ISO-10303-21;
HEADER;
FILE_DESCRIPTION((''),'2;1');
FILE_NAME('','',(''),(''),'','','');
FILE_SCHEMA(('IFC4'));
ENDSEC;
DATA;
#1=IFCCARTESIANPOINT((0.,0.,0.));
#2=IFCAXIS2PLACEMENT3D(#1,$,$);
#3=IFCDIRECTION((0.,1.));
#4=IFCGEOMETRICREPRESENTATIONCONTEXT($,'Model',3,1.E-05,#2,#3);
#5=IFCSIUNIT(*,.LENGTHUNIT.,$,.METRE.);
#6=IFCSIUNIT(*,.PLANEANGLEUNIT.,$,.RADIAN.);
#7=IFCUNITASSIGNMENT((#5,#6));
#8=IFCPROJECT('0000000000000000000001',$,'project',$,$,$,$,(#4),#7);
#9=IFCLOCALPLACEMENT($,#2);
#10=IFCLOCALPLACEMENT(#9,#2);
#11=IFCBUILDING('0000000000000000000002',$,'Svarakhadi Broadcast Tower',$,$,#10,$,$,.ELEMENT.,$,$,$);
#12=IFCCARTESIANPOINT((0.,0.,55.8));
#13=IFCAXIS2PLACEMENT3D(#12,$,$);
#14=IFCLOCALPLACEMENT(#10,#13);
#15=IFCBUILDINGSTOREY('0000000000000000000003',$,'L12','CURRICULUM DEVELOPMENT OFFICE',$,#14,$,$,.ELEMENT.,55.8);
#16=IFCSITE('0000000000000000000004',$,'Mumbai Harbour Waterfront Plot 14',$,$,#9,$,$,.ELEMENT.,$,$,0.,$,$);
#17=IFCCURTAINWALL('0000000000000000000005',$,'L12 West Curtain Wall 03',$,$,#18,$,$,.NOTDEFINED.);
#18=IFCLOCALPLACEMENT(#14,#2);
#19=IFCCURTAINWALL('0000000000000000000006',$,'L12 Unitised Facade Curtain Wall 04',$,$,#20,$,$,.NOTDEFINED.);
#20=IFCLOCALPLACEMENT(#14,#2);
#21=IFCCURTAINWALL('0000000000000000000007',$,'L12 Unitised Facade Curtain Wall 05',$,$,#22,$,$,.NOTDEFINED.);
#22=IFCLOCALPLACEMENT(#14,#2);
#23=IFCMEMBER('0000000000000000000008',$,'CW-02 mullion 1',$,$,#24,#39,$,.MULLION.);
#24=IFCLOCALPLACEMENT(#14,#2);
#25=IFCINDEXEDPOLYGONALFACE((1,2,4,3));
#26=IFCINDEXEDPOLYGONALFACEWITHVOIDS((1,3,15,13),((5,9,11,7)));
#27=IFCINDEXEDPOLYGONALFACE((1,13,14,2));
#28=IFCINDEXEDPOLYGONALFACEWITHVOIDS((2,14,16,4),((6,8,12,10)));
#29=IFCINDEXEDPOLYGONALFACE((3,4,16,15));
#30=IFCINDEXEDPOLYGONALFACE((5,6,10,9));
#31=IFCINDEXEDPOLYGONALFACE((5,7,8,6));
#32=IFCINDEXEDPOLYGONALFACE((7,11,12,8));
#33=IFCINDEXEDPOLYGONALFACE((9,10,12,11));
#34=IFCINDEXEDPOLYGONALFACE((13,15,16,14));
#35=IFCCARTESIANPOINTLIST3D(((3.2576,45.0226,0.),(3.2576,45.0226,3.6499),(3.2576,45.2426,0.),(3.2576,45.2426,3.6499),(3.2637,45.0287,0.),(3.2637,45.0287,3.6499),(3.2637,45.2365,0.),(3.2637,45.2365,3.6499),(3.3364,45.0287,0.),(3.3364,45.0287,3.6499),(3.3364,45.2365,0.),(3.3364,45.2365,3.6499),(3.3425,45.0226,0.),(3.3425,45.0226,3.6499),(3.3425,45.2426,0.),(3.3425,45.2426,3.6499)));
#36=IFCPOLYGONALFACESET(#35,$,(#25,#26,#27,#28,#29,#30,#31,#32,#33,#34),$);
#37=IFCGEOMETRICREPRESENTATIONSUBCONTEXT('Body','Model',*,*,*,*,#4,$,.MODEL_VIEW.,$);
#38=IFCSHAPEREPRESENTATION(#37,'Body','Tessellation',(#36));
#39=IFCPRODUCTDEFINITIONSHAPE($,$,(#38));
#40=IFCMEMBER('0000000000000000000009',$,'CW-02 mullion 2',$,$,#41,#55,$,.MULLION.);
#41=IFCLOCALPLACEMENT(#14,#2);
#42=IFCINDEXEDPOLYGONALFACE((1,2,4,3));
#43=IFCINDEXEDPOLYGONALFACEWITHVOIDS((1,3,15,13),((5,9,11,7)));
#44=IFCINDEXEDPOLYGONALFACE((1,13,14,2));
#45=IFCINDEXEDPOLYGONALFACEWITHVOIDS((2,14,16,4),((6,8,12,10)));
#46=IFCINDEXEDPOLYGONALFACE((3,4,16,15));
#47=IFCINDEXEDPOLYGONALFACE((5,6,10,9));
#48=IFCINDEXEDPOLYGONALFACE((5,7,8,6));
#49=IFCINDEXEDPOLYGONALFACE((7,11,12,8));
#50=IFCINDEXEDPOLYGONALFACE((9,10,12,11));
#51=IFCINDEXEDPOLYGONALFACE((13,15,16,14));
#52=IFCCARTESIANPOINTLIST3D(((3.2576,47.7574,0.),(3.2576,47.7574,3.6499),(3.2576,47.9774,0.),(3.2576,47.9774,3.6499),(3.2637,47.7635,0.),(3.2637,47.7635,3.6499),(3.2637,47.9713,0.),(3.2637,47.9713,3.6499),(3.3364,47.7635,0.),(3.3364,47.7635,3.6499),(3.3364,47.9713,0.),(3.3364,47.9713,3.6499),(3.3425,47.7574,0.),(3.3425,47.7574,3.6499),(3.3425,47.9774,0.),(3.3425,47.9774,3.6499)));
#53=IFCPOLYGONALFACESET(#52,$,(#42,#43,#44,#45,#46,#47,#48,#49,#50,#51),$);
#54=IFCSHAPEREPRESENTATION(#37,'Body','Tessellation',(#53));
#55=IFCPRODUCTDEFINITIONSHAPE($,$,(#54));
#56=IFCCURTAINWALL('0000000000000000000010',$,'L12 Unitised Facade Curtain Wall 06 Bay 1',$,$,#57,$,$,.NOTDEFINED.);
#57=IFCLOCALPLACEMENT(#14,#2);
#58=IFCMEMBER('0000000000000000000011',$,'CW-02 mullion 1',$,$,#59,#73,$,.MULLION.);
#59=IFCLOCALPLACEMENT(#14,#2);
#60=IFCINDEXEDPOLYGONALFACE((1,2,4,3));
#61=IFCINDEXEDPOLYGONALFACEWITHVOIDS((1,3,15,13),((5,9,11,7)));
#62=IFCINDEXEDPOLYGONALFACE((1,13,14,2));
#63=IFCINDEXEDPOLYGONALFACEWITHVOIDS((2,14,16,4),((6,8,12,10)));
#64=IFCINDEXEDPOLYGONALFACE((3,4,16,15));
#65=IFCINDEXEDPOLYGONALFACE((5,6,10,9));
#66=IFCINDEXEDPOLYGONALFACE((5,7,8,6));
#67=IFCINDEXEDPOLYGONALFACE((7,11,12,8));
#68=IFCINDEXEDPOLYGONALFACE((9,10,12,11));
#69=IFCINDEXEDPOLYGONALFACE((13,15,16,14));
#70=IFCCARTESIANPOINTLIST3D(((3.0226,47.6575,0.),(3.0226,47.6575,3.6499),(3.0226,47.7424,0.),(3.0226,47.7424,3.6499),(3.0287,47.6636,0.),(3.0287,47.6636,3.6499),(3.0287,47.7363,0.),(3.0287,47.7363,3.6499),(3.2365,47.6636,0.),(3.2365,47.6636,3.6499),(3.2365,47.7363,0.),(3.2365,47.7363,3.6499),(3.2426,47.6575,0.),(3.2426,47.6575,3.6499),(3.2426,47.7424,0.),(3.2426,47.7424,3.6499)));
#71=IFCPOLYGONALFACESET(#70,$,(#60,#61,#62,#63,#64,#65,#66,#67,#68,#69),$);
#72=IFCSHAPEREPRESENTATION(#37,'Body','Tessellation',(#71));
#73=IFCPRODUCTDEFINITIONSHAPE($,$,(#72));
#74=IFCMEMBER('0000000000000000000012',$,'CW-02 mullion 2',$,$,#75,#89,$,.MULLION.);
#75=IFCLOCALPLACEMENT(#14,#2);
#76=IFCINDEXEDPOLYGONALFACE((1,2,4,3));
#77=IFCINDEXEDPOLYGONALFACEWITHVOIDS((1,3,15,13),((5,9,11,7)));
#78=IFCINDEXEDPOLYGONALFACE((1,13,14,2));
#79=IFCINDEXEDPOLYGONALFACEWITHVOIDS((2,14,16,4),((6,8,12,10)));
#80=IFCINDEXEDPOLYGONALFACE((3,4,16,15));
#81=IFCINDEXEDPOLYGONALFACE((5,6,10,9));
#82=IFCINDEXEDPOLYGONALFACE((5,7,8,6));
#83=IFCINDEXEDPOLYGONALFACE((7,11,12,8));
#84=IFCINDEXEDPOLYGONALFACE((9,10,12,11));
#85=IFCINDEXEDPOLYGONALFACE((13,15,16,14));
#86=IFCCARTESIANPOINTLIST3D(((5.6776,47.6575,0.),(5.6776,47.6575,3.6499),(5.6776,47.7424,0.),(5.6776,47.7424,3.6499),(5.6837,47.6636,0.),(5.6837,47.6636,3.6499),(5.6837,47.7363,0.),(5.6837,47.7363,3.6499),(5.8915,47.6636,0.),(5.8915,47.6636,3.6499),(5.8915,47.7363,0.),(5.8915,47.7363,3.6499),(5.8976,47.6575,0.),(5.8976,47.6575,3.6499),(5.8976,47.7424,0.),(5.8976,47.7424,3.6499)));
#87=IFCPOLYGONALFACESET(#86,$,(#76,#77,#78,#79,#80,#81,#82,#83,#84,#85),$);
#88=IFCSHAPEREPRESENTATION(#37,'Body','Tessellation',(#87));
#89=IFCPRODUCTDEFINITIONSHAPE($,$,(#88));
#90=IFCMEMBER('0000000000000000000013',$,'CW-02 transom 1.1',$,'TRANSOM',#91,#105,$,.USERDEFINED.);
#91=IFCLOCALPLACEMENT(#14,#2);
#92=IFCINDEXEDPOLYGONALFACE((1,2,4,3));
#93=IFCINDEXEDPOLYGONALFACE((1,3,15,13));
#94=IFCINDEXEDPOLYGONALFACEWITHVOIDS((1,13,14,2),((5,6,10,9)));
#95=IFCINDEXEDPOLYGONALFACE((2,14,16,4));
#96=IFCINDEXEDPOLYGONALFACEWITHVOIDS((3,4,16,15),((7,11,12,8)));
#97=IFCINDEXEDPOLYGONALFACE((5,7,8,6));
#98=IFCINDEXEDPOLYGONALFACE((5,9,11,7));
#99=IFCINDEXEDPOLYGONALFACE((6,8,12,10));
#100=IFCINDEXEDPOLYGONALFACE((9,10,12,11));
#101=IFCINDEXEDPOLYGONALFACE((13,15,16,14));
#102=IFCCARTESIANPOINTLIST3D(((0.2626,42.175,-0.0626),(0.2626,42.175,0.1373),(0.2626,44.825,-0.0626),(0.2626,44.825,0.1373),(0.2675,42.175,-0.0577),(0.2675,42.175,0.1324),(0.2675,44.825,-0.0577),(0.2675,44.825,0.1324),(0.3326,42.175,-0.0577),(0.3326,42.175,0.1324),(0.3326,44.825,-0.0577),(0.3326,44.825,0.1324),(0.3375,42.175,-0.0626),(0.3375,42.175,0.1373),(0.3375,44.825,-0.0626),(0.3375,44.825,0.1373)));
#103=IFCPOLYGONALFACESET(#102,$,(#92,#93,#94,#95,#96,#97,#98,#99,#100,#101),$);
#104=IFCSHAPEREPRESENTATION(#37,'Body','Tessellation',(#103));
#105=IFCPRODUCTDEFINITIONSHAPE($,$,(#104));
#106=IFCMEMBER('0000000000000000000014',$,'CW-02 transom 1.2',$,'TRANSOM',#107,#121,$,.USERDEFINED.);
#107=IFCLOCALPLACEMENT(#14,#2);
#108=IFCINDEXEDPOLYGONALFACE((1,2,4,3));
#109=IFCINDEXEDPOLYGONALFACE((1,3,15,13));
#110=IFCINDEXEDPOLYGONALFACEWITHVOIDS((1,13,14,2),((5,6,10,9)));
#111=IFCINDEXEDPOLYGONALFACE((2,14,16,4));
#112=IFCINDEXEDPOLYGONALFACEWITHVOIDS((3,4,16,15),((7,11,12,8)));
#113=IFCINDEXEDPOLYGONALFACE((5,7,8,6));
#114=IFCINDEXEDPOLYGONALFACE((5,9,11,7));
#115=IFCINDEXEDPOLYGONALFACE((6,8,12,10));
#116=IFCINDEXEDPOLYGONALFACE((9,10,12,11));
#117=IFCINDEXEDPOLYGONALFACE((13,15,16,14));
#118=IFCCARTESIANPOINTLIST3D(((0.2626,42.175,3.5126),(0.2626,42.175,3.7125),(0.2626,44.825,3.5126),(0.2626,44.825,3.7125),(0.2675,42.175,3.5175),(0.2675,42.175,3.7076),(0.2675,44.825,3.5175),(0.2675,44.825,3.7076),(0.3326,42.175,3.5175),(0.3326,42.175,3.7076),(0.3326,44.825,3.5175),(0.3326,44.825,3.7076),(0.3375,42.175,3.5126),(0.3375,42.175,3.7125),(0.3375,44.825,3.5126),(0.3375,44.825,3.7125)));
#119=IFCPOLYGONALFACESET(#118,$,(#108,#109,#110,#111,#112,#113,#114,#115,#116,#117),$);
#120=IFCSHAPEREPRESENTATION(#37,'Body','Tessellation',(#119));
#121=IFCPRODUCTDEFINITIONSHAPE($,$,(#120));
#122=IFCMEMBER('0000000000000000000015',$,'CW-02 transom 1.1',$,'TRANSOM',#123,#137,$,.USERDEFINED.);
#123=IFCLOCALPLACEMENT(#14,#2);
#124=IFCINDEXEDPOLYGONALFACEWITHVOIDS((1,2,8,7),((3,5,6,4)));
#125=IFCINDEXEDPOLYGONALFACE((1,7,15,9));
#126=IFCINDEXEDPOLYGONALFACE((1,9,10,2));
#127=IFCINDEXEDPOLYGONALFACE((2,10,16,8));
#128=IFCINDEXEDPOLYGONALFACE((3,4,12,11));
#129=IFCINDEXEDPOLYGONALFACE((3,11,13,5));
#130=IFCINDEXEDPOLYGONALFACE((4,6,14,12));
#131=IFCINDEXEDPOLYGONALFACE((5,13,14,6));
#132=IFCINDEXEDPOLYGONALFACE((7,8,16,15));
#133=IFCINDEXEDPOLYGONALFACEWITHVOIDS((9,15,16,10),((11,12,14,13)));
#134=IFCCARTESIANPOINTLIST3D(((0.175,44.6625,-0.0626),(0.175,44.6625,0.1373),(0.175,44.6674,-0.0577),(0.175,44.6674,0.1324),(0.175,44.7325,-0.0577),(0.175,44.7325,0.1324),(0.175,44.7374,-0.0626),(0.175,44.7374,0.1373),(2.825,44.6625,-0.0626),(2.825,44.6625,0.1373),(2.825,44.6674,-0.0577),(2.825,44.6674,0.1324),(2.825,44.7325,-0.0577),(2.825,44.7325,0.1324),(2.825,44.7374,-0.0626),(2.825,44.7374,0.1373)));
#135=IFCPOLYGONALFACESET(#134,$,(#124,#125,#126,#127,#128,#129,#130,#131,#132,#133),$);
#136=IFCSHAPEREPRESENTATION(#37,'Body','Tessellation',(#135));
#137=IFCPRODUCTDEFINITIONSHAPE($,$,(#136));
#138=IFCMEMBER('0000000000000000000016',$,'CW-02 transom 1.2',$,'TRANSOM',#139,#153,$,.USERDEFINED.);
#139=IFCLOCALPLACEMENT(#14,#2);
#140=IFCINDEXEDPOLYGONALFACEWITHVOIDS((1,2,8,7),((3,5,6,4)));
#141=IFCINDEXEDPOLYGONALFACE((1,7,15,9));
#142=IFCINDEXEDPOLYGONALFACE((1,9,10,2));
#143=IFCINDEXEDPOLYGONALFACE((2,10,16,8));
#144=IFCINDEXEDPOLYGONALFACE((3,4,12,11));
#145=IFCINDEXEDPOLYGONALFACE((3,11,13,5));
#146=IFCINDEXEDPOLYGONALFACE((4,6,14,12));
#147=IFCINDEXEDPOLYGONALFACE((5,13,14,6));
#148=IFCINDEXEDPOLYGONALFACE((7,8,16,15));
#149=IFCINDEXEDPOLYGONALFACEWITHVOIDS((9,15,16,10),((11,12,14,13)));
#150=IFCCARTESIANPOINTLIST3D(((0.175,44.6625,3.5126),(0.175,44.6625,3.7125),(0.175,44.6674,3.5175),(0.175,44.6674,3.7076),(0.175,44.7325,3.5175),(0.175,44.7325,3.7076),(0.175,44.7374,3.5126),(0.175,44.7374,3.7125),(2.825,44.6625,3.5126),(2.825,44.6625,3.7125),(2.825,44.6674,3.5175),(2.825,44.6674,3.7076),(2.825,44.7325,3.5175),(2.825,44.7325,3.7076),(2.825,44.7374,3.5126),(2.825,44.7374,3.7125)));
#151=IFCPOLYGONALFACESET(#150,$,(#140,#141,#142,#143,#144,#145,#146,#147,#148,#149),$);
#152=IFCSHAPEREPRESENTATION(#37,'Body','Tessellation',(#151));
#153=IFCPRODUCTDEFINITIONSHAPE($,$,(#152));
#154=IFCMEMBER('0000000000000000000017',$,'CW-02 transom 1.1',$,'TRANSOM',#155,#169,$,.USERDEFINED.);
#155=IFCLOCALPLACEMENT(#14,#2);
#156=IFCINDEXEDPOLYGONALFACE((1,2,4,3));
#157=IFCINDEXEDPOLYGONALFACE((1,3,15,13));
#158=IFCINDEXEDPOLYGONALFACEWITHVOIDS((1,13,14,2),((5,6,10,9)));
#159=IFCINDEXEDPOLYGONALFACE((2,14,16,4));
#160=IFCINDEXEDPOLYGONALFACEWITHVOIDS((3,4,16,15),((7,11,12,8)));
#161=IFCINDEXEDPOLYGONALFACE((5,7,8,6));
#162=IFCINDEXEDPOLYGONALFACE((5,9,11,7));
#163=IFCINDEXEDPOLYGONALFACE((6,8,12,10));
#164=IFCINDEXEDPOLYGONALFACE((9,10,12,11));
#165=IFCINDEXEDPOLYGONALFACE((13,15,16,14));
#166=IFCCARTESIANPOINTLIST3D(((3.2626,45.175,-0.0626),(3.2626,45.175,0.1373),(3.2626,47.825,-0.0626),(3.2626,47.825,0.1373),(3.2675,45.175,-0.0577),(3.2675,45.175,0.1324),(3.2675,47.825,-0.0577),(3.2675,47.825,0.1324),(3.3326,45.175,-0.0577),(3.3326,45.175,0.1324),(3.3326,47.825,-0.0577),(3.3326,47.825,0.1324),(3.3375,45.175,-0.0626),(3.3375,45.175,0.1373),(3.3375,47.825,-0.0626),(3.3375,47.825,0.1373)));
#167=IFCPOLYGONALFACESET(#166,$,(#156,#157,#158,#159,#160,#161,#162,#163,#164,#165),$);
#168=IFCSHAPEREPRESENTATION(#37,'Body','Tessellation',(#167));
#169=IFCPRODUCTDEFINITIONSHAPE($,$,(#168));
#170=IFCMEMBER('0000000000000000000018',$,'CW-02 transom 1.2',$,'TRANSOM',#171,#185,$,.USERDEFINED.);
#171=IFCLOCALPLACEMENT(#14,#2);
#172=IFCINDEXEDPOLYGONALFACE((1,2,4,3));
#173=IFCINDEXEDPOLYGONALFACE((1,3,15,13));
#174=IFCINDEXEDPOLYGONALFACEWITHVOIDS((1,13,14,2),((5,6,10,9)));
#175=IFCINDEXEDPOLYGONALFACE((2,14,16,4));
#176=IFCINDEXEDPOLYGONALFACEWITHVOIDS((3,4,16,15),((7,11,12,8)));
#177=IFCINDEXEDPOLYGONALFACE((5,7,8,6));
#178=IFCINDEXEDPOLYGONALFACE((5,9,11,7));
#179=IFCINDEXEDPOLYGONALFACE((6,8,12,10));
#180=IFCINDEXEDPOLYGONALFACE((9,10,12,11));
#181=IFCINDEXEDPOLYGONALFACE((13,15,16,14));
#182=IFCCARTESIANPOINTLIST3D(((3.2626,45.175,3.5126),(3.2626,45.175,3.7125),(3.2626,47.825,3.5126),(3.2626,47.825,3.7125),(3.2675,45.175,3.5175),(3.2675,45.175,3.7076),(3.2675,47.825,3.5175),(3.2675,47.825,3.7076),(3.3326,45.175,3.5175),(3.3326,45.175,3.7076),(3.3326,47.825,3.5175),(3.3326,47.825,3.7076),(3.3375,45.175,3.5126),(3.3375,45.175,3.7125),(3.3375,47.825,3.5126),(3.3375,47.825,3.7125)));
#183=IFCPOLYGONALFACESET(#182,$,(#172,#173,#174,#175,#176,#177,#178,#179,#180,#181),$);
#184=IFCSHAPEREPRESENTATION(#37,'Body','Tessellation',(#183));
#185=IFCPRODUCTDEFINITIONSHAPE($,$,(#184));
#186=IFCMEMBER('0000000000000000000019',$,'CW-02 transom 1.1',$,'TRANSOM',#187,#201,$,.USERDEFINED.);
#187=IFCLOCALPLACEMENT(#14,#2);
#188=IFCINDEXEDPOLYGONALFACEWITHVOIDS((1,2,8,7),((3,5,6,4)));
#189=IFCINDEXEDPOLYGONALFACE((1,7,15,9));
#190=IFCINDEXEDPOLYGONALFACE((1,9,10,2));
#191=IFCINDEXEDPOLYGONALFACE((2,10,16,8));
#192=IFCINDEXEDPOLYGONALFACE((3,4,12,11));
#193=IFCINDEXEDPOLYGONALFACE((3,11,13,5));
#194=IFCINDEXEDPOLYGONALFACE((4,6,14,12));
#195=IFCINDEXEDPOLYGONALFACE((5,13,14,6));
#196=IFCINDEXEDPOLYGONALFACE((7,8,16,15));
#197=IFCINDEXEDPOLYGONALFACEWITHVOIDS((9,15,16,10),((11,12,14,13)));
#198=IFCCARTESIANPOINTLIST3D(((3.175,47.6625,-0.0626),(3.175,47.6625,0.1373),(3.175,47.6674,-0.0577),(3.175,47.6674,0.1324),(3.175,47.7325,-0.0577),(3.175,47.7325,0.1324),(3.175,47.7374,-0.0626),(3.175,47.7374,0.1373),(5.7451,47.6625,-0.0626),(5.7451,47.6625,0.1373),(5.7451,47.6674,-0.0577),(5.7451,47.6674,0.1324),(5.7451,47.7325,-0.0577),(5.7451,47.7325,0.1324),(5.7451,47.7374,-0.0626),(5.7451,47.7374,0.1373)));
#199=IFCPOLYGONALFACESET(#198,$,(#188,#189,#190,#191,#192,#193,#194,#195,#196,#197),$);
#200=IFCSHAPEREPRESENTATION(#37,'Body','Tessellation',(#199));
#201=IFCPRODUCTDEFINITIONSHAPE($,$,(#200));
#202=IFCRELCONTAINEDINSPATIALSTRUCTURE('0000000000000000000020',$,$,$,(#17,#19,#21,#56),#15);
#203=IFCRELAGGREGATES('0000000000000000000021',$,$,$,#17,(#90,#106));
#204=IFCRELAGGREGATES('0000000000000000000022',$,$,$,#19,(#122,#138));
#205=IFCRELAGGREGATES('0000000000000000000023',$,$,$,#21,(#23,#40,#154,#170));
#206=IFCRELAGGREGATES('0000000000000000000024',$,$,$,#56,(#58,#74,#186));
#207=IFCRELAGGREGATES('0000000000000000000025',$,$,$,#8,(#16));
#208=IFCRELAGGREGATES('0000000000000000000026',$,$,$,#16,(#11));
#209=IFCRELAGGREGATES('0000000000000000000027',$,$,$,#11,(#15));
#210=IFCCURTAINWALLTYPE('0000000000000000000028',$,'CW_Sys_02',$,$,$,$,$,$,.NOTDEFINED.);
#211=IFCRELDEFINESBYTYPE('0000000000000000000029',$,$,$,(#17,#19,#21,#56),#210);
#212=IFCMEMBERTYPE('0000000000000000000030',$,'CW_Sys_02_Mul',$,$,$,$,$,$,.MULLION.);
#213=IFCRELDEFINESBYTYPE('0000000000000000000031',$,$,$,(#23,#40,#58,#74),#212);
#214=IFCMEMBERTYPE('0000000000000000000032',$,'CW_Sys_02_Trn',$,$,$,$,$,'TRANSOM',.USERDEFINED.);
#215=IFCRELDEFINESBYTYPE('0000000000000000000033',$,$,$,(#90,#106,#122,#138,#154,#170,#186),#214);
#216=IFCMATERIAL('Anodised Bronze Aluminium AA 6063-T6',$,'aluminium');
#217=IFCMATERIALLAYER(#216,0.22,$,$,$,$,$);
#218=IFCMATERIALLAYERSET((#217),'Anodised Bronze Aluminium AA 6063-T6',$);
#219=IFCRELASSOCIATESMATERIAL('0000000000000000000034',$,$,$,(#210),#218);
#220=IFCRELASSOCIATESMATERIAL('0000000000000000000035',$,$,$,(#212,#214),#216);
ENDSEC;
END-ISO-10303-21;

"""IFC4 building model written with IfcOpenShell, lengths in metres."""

from ifc_helpers import new_model, si_unit, direction, frame, origin, origin_2d, place, context, subcontext, project, spatial, hollow_rectangle, extrude, material, layer, layer_set, material_profile, profile_set, type_object, element, aggregate, save


model = new_model("IFC4")

# Units and contexts
model_context = context("Model", 3, precision=1e-05, world=origin(), true_north=direction((0.0, 1.0)))
body_context = subcontext(model_context, "Body", "Model", "MODEL_VIEW")
ifc_project = project(units=[si_unit("LENGTHUNIT", "METRE"), si_unit("PLANEANGLEUNIT", "RADIAN")], contexts=[model_context])

# Site, building, storey
site_placement = place(None, origin())
site = spatial("IfcSite", under=ifc_project, at=site_placement, Name="Mumbai Harbour Waterfront Plot 14", CompositionType="ELEMENT", RefElevation=0.0)
building_placement = place(site_placement, origin())
building = spatial("IfcBuilding", under=site, at=building_placement, Name="Svarakhadi Broadcast Tower", CompositionType="ELEMENT")
storey_placement = place(building_placement, frame((0.0, 0.0, 55.8)))
storey = spatial("IfcBuildingStorey", under=building, at=storey_placement, Name="L12", Description="CURRICULUM DEVELOPMENT OFFICE", CompositionType="ELEMENT", Elevation=55.8)

# Curtain walls, members
ifc_material_1 = material(Name="Anodised Bronze Aluminium AA 6063-T6", Category="aluminium")
ifc_layer_1 = layer(ifc_material_1, 0.22)
ifc_layer_set_1 = layer_set([ifc_layer_1], Name="Anodised Bronze Aluminium AA 6063-T6")
curtain_wall_type = type_object("IfcCurtainWallType", Name="CW_Sys_02", PredefinedType="NOTDEFINED", material=ifc_layer_set_1)
curtain_wall_1_placement = place(storey_placement, origin())
curtain_wall_1 = element("IfcCurtainWall", 1, at=curtain_wall_1_placement, inside=storey, type_object=curtain_wall_type, Name="L12 West Curtain Wall 03", PredefinedType="NOTDEFINED")
ifc_material_profile_1 = material_profile(ifc_material_1, hollow_rectangle(XDim=0.085, YDim=0.22, WallThickness=0.0061, at=origin_2d()), Name="ALU MULLION 220x85x6")
ifc_profile_set_1 = profile_set([ifc_material_profile_1], Name="Anodised Bronze Aluminium AA 6063-T6")
member_type_1 = type_object("IfcMemberType", Name="CW_Sys_02_Mul", PredefinedType="MULLION", material=ifc_profile_set_1)
curtain_wall_2_placement = place(storey_placement, origin())
curtain_wall_2 = element("IfcCurtainWall", 2, at=curtain_wall_2_placement, inside=storey, type_object=curtain_wall_type, Name="L12 Unitised Facade Curtain Wall 04", PredefinedType="NOTDEFINED")
curtain_wall_3_placement = place(storey_placement, origin())
curtain_wall_3 = element("IfcCurtainWall", 3, at=curtain_wall_3_placement, inside=storey, type_object=curtain_wall_type, Name="L12 Unitised Facade Curtain Wall 05", PredefinedType="NOTDEFINED")
member_1_placement = place(storey_placement, frame((3.3, 45.1326, 0.0), z_axis=(0.0, 0.0, 1.0), x_axis=(-1.0, 0.0, 0.0)))
member_1 = element("IfcMember", 4, at=member_1_placement, type_object=member_type_1, Name="CW-02 mullion 1", PredefinedType="MULLION", context=body_context, shape_type="SweptSolid", body=[
    extrude(hollow_rectangle(XDim=0.085, YDim=0.22, WallThickness=0.0061, at=origin_2d()), origin(), (0.0, 0.0, 1.0), 3.6499),
])
member_2_placement = place(storey_placement, frame((3.3, 47.8674, 0.0), z_axis=(0.0, 0.0, 1.0), x_axis=(-1.0, 0.0, 0.0)))
member_2 = element("IfcMember", 5, at=member_2_placement, type_object=member_type_1, Name="CW-02 mullion 2", PredefinedType="MULLION", context=body_context, shape_type="SweptSolid", body=[
    extrude(hollow_rectangle(XDim=0.085, YDim=0.22, WallThickness=0.0061, at=origin_2d()), origin(), (0.0, 0.0, 1.0), 3.6499),
])
curtain_wall_4_placement = place(storey_placement, origin())
curtain_wall_4 = element("IfcCurtainWall", 6, at=curtain_wall_4_placement, inside=storey, type_object=curtain_wall_type, Name="L12 Unitised Facade Curtain Wall 06 Bay 1", PredefinedType="NOTDEFINED")
member_3_placement = place(storey_placement, frame((3.1326, 47.7, 0.0), z_axis=(0.0, 0.0, 1.0), x_axis=(0.0, 1.0, 0.0)))
member_3 = element("IfcMember", 7, at=member_3_placement, type_object=member_type_1, Name="CW-02 mullion 1", PredefinedType="MULLION", context=body_context, shape_type="SweptSolid", body=[
    extrude(hollow_rectangle(XDim=0.085, YDim=0.22, WallThickness=0.0061, at=origin_2d()), origin(), (0.0, 0.0, 1.0), 3.6499),
])
member_4_placement = place(storey_placement, frame((5.7876, 47.7, 0.0), z_axis=(0.0, 0.0, 1.0), x_axis=(0.0, 1.0, 0.0)))
member_4 = element("IfcMember", 8, at=member_4_placement, type_object=member_type_1, Name="CW-02 mullion 2", PredefinedType="MULLION", context=body_context, shape_type="SweptSolid", body=[
    extrude(hollow_rectangle(XDim=0.085, YDim=0.22, WallThickness=0.0061, at=origin_2d()), origin(), (0.0, 0.0, 1.0), 3.6499),
])

# Members
ifc_material_profile_2 = material_profile(ifc_material_1, hollow_rectangle(XDim=0.075, YDim=0.2, WallThickness=0.0049, at=origin_2d()), Name="ALU TRANSOM 200x75x5")
ifc_profile_set_2 = profile_set([ifc_material_profile_2], Name="Anodised Bronze Aluminium AA 6063-T6")
member_type_2 = type_object("IfcMemberType", Name="CW_Sys_02_Trn", ElementType="TRANSOM", PredefinedType="USERDEFINED", material=ifc_profile_set_2)
member_5_placement = place(storey_placement, frame((0.3, 42.175, 0.0374), z_axis=(0.0, 1.0, 0.0), x_axis=(-1.0, 0.0, 0.0)))
member_5 = element("IfcMember", 9, at=member_5_placement, type_object=member_type_2, Name="CW-02 transom 1.1", ObjectType="TRANSOM", PredefinedType="USERDEFINED", context=body_context, shape_type="SweptSolid", body=[
    extrude(hollow_rectangle(XDim=0.075, YDim=0.2, WallThickness=0.0049, at=origin_2d()), origin(), (0.0, 0.0, 1.0), 2.6499),
])
member_6_placement = place(storey_placement, frame((0.3, 42.175, 3.6125), z_axis=(0.0, 1.0, 0.0), x_axis=(-1.0, 0.0, 0.0)))
member_6 = element("IfcMember", 10, at=member_6_placement, type_object=member_type_2, Name="CW-02 transom 1.2", ObjectType="TRANSOM", PredefinedType="USERDEFINED", context=body_context, shape_type="SweptSolid", body=[
    extrude(hollow_rectangle(XDim=0.075, YDim=0.2, WallThickness=0.0049, at=origin_2d()), origin(), (0.0, 0.0, 1.0), 2.6499),
])
member_7_placement = place(storey_placement, frame((0.175, 44.7, 0.0374), z_axis=(1.0, 0.0, 0.0), x_axis=(0.0, 1.0, 0.0)))
member_7 = element("IfcMember", 11, at=member_7_placement, type_object=member_type_2, Name="CW-02 transom 1.1", ObjectType="TRANSOM", PredefinedType="USERDEFINED", context=body_context, shape_type="SweptSolid", body=[
    extrude(hollow_rectangle(XDim=0.075, YDim=0.2, WallThickness=0.0049, at=origin_2d()), origin(), (0.0, 0.0, 1.0), 2.6499),
])
member_8_placement = place(storey_placement, frame((0.175, 44.7, 3.6125), z_axis=(1.0, 0.0, 0.0), x_axis=(0.0, 1.0, 0.0)))
member_8 = element("IfcMember", 12, at=member_8_placement, type_object=member_type_2, Name="CW-02 transom 1.2", ObjectType="TRANSOM", PredefinedType="USERDEFINED", context=body_context, shape_type="SweptSolid", body=[
    extrude(hollow_rectangle(XDim=0.075, YDim=0.2, WallThickness=0.0049, at=origin_2d()), origin(), (0.0, 0.0, 1.0), 2.6499),
])
member_9_placement = place(storey_placement, frame((3.3, 45.175, 0.0374), z_axis=(0.0, 1.0, 0.0), x_axis=(-1.0, 0.0, 0.0)))
member_9 = element("IfcMember", 13, at=member_9_placement, type_object=member_type_2, Name="CW-02 transom 1.1", ObjectType="TRANSOM", PredefinedType="USERDEFINED", context=body_context, shape_type="SweptSolid", body=[
    extrude(hollow_rectangle(XDim=0.075, YDim=0.2, WallThickness=0.0049, at=origin_2d()), origin(), (0.0, 0.0, 1.0), 2.6499),
])
member_10_placement = place(storey_placement, frame((3.3, 45.175, 3.6125), z_axis=(0.0, 1.0, 0.0), x_axis=(-1.0, 0.0, 0.0)))
member_10 = element("IfcMember", 14, at=member_10_placement, type_object=member_type_2, Name="CW-02 transom 1.2", ObjectType="TRANSOM", PredefinedType="USERDEFINED", context=body_context, shape_type="SweptSolid", body=[
    extrude(hollow_rectangle(XDim=0.075, YDim=0.2, WallThickness=0.0049, at=origin_2d()), origin(), (0.0, 0.0, 1.0), 2.6499),
])
member_11_placement = place(storey_placement, frame((3.175, 47.7, 0.0374), z_axis=(1.0, 0.0, 0.0), x_axis=(0.0, 1.0, 0.0)))
member_11 = element("IfcMember", 15, at=member_11_placement, type_object=member_type_2, Name="CW-02 transom 1.1", ObjectType="TRANSOM", PredefinedType="USERDEFINED", context=body_context, shape_type="SweptSolid", body=[
    extrude(hollow_rectangle(XDim=0.075, YDim=0.2, WallThickness=0.0049, at=origin_2d()), origin(), (0.0, 0.0, 1.0), 2.5701),
])

aggregate(curtain_wall_1, [member_5, member_6])
aggregate(curtain_wall_2, [member_7, member_8])
aggregate(curtain_wall_3, [member_1, member_2, member_9, member_10])
aggregate(curtain_wall_4, [member_3, member_4, member_11])

save(model, "model.ifc")
